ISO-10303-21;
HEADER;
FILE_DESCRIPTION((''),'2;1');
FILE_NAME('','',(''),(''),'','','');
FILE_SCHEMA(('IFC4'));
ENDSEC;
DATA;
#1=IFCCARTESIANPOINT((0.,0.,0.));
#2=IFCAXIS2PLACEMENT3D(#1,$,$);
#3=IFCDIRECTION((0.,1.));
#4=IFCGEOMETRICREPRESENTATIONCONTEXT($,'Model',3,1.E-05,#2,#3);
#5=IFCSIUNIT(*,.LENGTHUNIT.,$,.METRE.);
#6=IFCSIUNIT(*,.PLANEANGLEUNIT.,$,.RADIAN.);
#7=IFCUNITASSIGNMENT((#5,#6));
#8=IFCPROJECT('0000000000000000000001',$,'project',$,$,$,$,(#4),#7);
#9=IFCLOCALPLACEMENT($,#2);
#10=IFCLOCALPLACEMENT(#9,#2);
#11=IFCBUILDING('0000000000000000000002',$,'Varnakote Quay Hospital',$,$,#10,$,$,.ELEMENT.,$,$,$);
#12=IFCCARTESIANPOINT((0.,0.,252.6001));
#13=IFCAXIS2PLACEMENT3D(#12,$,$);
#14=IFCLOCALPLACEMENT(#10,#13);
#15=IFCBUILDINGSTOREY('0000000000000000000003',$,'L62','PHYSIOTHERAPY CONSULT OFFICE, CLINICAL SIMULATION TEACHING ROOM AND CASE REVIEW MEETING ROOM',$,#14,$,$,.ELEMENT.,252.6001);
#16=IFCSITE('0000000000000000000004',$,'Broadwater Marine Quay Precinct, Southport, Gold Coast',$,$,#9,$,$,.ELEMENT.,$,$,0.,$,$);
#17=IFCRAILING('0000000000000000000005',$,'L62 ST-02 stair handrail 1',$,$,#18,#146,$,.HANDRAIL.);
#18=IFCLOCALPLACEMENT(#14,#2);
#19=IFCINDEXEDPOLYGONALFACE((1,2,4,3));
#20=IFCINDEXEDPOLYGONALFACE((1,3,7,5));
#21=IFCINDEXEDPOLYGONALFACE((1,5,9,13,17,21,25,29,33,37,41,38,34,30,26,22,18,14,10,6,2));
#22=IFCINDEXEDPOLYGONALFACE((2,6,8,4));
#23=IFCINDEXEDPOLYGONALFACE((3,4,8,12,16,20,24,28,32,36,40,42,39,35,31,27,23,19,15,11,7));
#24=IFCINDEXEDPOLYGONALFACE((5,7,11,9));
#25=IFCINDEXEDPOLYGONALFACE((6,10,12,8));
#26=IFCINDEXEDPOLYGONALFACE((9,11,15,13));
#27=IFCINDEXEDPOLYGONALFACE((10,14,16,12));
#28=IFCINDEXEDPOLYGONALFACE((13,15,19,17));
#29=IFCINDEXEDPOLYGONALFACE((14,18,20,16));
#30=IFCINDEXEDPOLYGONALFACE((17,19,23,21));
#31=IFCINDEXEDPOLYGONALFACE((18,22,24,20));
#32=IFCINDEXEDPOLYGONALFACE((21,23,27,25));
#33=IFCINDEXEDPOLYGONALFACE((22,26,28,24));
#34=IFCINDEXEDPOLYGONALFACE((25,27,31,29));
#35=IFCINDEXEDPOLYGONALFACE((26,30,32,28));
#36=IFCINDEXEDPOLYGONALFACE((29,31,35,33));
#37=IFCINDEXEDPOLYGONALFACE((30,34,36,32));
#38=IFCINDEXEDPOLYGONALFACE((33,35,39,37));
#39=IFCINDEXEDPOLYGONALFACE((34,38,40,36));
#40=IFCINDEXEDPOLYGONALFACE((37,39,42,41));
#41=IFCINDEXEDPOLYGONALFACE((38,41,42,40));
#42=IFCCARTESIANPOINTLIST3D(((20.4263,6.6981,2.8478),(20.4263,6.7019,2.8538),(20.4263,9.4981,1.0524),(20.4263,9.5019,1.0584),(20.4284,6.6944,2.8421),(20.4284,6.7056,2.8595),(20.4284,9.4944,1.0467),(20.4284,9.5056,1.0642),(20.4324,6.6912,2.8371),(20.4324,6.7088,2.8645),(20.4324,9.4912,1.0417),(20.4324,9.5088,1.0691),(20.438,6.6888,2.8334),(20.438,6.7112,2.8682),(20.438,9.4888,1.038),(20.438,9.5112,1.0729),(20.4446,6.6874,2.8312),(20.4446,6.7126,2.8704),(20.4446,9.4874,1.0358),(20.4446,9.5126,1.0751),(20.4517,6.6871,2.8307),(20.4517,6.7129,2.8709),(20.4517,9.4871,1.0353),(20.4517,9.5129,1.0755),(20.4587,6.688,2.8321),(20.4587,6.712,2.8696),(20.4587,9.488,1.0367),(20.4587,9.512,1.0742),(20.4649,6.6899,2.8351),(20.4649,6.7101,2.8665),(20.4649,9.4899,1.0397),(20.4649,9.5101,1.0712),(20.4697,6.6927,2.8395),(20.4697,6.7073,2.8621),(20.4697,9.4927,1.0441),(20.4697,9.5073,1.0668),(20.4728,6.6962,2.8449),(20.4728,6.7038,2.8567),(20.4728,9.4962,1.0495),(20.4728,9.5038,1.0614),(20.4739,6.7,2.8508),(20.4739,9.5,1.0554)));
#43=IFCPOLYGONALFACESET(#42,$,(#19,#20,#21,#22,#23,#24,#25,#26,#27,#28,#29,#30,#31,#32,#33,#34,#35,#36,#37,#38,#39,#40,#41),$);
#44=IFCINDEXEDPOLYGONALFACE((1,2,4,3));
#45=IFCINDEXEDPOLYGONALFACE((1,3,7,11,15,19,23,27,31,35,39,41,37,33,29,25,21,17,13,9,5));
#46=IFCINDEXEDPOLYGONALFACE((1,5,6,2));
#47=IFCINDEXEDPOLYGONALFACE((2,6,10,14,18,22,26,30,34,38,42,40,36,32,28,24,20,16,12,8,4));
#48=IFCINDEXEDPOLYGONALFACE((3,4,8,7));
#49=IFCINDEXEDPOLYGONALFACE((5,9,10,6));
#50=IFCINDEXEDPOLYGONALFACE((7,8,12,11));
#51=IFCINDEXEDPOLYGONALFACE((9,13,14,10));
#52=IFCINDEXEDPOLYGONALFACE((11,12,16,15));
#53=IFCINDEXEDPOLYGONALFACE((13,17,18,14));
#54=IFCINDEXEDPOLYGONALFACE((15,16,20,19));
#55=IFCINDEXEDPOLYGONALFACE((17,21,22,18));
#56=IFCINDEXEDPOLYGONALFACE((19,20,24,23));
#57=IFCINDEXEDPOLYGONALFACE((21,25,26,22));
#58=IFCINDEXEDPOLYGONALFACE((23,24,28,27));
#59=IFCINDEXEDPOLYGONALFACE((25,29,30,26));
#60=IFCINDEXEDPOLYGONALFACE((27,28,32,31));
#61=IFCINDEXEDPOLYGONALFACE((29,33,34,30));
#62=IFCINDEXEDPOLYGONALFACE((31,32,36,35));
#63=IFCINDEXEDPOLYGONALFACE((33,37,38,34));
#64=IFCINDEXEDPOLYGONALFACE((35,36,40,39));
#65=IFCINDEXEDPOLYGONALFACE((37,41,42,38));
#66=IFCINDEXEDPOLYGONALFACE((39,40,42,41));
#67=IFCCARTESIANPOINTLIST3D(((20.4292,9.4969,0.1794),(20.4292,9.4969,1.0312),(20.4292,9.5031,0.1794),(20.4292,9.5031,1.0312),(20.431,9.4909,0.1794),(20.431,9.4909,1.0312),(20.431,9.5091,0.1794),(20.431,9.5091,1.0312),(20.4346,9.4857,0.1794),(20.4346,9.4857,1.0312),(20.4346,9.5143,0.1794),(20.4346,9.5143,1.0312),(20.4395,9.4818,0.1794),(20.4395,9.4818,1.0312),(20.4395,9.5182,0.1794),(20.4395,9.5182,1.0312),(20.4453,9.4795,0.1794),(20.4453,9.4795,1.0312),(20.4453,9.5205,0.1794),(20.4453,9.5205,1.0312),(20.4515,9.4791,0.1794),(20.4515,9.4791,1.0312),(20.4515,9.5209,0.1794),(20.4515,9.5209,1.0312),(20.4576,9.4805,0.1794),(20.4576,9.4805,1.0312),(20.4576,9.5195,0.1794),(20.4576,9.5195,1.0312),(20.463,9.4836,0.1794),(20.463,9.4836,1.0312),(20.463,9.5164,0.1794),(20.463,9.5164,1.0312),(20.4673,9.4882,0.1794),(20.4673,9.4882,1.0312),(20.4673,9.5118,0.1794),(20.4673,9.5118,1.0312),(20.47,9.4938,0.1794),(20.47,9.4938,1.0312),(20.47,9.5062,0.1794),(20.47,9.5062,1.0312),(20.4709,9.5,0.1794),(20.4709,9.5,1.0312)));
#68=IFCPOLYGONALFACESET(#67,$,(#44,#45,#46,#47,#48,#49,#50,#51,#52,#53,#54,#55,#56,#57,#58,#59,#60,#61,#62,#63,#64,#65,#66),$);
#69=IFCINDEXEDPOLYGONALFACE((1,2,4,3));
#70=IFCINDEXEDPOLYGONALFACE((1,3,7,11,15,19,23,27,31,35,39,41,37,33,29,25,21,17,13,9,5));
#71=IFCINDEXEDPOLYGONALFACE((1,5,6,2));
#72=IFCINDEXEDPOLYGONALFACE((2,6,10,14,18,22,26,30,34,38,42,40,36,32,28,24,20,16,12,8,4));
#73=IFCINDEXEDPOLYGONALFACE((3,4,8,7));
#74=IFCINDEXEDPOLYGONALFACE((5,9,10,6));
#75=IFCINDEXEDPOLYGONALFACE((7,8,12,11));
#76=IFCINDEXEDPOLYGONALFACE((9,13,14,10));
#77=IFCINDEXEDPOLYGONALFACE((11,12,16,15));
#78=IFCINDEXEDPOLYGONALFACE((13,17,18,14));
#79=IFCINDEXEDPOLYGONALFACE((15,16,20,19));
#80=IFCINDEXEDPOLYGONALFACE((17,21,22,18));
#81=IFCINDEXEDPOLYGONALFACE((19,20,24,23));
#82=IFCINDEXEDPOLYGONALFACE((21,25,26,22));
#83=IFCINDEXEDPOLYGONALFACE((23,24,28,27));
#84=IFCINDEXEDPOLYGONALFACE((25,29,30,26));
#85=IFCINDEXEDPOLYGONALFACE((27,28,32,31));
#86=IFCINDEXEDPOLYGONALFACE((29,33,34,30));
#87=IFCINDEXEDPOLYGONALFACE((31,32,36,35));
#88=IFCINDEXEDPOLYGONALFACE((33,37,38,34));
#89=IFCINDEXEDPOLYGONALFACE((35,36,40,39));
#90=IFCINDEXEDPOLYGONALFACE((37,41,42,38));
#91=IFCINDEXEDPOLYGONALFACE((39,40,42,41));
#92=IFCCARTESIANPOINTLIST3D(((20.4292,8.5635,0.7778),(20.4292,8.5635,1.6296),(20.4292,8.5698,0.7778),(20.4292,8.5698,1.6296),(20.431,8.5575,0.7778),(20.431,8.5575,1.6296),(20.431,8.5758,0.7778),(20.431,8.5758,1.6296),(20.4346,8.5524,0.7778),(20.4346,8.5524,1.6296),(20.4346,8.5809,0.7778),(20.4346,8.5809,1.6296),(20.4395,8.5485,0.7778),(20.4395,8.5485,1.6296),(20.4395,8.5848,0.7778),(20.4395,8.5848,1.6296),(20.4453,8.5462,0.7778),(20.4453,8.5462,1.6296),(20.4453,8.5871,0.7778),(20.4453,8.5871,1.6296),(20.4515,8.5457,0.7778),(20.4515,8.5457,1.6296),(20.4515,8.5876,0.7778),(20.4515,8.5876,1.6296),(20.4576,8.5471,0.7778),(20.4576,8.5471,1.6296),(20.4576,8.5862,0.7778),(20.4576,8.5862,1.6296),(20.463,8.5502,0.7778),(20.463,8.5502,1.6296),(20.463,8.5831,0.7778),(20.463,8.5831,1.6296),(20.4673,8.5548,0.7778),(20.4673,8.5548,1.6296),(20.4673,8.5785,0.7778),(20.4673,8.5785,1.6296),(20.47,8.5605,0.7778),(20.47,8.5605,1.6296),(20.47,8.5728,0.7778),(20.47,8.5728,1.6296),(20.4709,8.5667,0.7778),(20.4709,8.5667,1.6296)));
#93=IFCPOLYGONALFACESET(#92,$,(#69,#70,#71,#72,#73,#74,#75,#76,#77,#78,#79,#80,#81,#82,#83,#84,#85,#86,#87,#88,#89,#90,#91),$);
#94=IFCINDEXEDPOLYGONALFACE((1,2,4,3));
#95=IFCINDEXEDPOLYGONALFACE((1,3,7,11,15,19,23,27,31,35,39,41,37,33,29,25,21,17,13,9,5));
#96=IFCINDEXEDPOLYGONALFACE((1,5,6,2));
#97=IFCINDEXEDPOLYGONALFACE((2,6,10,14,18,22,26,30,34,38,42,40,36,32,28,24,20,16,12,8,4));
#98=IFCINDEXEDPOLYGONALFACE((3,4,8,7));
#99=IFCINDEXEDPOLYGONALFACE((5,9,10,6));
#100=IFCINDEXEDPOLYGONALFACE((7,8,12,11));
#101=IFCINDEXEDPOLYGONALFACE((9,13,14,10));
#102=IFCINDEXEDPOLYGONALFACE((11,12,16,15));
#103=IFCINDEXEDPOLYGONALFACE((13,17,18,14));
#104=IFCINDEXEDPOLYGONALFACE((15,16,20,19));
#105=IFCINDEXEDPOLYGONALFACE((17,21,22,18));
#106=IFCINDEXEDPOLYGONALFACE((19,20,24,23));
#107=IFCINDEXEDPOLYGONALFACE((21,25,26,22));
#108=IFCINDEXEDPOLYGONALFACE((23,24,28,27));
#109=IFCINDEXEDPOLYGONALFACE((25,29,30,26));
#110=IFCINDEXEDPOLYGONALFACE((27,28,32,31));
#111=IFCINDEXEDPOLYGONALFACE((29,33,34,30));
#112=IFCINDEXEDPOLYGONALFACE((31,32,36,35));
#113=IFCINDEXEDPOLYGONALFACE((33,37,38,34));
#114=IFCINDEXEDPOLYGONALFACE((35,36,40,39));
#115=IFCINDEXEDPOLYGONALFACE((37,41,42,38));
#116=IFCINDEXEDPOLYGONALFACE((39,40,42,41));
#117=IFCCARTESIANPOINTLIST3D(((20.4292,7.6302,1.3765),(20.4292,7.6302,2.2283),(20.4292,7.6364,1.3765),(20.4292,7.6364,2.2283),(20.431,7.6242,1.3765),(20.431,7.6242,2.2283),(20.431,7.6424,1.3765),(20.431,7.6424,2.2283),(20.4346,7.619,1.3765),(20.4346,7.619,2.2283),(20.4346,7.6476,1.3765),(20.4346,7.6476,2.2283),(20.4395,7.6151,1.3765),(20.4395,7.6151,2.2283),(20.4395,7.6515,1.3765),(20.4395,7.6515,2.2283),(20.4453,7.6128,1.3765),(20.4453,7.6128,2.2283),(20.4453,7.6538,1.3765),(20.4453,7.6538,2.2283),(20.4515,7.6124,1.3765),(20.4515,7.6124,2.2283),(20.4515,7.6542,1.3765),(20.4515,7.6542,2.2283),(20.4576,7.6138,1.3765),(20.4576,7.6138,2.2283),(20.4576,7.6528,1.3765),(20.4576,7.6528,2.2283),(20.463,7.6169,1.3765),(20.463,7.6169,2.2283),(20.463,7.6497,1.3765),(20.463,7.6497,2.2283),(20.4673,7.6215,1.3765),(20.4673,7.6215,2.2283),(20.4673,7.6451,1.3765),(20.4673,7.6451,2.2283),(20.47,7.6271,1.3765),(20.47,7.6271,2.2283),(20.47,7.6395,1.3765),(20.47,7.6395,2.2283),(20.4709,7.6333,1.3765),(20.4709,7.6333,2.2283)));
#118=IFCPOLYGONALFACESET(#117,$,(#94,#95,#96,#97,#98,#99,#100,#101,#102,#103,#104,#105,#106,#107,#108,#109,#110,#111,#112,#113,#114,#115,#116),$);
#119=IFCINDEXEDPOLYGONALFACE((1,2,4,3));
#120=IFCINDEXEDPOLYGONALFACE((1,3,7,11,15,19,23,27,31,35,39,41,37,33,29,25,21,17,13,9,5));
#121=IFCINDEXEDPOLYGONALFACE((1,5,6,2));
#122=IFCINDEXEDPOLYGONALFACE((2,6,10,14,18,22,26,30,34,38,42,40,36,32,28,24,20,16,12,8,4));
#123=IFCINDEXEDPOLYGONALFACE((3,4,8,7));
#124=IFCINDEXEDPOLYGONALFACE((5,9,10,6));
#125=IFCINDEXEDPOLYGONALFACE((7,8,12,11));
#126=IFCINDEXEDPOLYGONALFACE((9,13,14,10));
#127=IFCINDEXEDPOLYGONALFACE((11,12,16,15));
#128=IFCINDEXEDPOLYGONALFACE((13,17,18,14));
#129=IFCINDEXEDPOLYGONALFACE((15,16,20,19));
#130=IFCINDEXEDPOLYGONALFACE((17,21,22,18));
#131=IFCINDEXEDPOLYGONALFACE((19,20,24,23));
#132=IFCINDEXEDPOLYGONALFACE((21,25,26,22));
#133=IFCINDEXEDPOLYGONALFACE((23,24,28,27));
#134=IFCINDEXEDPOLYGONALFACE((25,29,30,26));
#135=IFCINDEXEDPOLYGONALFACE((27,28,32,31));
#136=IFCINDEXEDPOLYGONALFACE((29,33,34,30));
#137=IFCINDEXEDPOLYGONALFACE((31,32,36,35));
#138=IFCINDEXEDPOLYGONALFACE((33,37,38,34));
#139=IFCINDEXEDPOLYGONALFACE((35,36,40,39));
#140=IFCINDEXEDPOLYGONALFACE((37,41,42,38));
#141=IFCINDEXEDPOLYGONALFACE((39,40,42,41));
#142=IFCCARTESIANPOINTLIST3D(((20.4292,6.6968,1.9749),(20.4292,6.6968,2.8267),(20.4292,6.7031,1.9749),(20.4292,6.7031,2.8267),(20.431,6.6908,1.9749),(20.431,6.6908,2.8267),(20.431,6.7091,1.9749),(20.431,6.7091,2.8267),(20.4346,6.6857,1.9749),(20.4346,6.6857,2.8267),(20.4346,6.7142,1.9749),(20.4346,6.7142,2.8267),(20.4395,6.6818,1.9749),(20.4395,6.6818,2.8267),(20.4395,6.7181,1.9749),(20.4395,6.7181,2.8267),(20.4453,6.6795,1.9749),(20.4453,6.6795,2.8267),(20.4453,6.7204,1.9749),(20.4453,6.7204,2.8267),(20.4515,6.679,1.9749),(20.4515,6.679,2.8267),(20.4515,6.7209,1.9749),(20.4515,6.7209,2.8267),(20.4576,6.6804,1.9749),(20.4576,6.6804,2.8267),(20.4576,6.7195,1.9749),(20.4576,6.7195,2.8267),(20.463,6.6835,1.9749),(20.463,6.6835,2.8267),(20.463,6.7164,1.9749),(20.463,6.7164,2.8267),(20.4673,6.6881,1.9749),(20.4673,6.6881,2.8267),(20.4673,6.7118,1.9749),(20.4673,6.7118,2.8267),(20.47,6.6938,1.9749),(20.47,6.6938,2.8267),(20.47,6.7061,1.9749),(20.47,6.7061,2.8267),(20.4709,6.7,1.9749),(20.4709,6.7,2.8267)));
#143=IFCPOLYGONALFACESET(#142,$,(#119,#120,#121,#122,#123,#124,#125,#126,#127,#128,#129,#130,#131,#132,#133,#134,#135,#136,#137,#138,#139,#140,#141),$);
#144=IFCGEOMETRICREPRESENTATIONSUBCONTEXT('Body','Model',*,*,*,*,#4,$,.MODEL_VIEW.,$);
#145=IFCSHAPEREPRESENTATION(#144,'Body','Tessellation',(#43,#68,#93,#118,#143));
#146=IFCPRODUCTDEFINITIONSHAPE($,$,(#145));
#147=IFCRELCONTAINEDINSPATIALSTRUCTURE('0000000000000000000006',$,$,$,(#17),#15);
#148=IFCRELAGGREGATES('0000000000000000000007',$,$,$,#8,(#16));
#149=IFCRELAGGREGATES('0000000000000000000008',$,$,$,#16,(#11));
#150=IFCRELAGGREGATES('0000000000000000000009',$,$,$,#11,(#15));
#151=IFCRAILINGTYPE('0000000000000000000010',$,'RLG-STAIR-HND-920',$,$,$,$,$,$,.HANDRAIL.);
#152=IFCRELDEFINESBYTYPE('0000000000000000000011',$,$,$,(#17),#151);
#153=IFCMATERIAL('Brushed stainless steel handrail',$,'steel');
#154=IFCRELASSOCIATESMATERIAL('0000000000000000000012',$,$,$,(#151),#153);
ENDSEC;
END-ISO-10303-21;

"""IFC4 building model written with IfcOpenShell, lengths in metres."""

from ifc_helpers import new_model, si_unit, direction, frame, origin, origin_2d, place, context, subcontext, project, spatial, circle, extrude, material, type_object, element, save


model = new_model("IFC4")

# Units and contexts
model_context = context("Model", 3, precision=1e-05, world=origin(), true_north=direction((0.0, 1.0)))
body_context = subcontext(model_context, "Body", "Model", "MODEL_VIEW")
ifc_project = project(units=[si_unit("LENGTHUNIT", "METRE"), si_unit("PLANEANGLEUNIT", "RADIAN")], contexts=[model_context])

# Site, building, storey
site_placement = place(None, origin())
site = spatial("IfcSite", under=ifc_project, at=site_placement, Name="Broadwater Marine Quay Precinct, Southport, Gold Coast", CompositionType="ELEMENT", RefElevation=0.0)
building_placement = place(site_placement, origin())
building = spatial("IfcBuilding", under=site, at=building_placement, Name="Varnakote Quay Hospital", CompositionType="ELEMENT")
storey_placement = place(building_placement, frame((0.0, 0.0, 252.6001)))
storey = spatial("IfcBuildingStorey", under=building, at=storey_placement, Name="L62", Description="PHYSIOTHERAPY CONSULT OFFICE, CLINICAL SIMULATION TEACHING ROOM AND CASE REVIEW MEETING ROOM", CompositionType="ELEMENT", Elevation=252.6001)

# Railing
ifc_material_1 = material(Name="Brushed stainless steel handrail", Category="steel")
railing_type_1 = type_object("IfcRailingType", Name="RLG-STAIR-HND-920", PredefinedType="HANDRAIL", material=ifc_material_1)
railing_1_placement = place(storey_placement, frame((20.45, 9.5, 0.1794)))
element("IfcRailing", 1, at=railing_1_placement, inside=storey, type_object=railing_type_1, Name="L62 ST-02 stair handrail 1", PredefinedType="HANDRAIL", context=body_context, shape_type="SweptSolid", body=[
    extrude(circle(Radius=0.0239, at=origin_2d()), frame((0.0, 0.0, 0.876), z_axis=(0.0, -0.84181, 0.539774), x_axis=(1.0, 0.0, 0.0)), (0.0, 0.0, 1.0), 3.3262),
    extrude(circle(Radius=0.021, at=origin_2d()), origin(), (0.0, 0.0, 1.0), 0.8518),
    extrude(circle(Radius=0.021, at=origin_2d()), frame((0.0, -0.9333, 0.5984)), (0.0, 0.0, 1.0), 0.8518),
    extrude(circle(Radius=0.021, at=origin_2d()), frame((0.0, -1.8667, 1.197)), (0.0, 0.0, 1.0), 0.8518),
    extrude(circle(Radius=0.021, at=origin_2d()), frame((0.0, -2.8, 1.7954)), (0.0, 0.0, 1.0), 0.8518),
])

save(model, "model.ifc")
